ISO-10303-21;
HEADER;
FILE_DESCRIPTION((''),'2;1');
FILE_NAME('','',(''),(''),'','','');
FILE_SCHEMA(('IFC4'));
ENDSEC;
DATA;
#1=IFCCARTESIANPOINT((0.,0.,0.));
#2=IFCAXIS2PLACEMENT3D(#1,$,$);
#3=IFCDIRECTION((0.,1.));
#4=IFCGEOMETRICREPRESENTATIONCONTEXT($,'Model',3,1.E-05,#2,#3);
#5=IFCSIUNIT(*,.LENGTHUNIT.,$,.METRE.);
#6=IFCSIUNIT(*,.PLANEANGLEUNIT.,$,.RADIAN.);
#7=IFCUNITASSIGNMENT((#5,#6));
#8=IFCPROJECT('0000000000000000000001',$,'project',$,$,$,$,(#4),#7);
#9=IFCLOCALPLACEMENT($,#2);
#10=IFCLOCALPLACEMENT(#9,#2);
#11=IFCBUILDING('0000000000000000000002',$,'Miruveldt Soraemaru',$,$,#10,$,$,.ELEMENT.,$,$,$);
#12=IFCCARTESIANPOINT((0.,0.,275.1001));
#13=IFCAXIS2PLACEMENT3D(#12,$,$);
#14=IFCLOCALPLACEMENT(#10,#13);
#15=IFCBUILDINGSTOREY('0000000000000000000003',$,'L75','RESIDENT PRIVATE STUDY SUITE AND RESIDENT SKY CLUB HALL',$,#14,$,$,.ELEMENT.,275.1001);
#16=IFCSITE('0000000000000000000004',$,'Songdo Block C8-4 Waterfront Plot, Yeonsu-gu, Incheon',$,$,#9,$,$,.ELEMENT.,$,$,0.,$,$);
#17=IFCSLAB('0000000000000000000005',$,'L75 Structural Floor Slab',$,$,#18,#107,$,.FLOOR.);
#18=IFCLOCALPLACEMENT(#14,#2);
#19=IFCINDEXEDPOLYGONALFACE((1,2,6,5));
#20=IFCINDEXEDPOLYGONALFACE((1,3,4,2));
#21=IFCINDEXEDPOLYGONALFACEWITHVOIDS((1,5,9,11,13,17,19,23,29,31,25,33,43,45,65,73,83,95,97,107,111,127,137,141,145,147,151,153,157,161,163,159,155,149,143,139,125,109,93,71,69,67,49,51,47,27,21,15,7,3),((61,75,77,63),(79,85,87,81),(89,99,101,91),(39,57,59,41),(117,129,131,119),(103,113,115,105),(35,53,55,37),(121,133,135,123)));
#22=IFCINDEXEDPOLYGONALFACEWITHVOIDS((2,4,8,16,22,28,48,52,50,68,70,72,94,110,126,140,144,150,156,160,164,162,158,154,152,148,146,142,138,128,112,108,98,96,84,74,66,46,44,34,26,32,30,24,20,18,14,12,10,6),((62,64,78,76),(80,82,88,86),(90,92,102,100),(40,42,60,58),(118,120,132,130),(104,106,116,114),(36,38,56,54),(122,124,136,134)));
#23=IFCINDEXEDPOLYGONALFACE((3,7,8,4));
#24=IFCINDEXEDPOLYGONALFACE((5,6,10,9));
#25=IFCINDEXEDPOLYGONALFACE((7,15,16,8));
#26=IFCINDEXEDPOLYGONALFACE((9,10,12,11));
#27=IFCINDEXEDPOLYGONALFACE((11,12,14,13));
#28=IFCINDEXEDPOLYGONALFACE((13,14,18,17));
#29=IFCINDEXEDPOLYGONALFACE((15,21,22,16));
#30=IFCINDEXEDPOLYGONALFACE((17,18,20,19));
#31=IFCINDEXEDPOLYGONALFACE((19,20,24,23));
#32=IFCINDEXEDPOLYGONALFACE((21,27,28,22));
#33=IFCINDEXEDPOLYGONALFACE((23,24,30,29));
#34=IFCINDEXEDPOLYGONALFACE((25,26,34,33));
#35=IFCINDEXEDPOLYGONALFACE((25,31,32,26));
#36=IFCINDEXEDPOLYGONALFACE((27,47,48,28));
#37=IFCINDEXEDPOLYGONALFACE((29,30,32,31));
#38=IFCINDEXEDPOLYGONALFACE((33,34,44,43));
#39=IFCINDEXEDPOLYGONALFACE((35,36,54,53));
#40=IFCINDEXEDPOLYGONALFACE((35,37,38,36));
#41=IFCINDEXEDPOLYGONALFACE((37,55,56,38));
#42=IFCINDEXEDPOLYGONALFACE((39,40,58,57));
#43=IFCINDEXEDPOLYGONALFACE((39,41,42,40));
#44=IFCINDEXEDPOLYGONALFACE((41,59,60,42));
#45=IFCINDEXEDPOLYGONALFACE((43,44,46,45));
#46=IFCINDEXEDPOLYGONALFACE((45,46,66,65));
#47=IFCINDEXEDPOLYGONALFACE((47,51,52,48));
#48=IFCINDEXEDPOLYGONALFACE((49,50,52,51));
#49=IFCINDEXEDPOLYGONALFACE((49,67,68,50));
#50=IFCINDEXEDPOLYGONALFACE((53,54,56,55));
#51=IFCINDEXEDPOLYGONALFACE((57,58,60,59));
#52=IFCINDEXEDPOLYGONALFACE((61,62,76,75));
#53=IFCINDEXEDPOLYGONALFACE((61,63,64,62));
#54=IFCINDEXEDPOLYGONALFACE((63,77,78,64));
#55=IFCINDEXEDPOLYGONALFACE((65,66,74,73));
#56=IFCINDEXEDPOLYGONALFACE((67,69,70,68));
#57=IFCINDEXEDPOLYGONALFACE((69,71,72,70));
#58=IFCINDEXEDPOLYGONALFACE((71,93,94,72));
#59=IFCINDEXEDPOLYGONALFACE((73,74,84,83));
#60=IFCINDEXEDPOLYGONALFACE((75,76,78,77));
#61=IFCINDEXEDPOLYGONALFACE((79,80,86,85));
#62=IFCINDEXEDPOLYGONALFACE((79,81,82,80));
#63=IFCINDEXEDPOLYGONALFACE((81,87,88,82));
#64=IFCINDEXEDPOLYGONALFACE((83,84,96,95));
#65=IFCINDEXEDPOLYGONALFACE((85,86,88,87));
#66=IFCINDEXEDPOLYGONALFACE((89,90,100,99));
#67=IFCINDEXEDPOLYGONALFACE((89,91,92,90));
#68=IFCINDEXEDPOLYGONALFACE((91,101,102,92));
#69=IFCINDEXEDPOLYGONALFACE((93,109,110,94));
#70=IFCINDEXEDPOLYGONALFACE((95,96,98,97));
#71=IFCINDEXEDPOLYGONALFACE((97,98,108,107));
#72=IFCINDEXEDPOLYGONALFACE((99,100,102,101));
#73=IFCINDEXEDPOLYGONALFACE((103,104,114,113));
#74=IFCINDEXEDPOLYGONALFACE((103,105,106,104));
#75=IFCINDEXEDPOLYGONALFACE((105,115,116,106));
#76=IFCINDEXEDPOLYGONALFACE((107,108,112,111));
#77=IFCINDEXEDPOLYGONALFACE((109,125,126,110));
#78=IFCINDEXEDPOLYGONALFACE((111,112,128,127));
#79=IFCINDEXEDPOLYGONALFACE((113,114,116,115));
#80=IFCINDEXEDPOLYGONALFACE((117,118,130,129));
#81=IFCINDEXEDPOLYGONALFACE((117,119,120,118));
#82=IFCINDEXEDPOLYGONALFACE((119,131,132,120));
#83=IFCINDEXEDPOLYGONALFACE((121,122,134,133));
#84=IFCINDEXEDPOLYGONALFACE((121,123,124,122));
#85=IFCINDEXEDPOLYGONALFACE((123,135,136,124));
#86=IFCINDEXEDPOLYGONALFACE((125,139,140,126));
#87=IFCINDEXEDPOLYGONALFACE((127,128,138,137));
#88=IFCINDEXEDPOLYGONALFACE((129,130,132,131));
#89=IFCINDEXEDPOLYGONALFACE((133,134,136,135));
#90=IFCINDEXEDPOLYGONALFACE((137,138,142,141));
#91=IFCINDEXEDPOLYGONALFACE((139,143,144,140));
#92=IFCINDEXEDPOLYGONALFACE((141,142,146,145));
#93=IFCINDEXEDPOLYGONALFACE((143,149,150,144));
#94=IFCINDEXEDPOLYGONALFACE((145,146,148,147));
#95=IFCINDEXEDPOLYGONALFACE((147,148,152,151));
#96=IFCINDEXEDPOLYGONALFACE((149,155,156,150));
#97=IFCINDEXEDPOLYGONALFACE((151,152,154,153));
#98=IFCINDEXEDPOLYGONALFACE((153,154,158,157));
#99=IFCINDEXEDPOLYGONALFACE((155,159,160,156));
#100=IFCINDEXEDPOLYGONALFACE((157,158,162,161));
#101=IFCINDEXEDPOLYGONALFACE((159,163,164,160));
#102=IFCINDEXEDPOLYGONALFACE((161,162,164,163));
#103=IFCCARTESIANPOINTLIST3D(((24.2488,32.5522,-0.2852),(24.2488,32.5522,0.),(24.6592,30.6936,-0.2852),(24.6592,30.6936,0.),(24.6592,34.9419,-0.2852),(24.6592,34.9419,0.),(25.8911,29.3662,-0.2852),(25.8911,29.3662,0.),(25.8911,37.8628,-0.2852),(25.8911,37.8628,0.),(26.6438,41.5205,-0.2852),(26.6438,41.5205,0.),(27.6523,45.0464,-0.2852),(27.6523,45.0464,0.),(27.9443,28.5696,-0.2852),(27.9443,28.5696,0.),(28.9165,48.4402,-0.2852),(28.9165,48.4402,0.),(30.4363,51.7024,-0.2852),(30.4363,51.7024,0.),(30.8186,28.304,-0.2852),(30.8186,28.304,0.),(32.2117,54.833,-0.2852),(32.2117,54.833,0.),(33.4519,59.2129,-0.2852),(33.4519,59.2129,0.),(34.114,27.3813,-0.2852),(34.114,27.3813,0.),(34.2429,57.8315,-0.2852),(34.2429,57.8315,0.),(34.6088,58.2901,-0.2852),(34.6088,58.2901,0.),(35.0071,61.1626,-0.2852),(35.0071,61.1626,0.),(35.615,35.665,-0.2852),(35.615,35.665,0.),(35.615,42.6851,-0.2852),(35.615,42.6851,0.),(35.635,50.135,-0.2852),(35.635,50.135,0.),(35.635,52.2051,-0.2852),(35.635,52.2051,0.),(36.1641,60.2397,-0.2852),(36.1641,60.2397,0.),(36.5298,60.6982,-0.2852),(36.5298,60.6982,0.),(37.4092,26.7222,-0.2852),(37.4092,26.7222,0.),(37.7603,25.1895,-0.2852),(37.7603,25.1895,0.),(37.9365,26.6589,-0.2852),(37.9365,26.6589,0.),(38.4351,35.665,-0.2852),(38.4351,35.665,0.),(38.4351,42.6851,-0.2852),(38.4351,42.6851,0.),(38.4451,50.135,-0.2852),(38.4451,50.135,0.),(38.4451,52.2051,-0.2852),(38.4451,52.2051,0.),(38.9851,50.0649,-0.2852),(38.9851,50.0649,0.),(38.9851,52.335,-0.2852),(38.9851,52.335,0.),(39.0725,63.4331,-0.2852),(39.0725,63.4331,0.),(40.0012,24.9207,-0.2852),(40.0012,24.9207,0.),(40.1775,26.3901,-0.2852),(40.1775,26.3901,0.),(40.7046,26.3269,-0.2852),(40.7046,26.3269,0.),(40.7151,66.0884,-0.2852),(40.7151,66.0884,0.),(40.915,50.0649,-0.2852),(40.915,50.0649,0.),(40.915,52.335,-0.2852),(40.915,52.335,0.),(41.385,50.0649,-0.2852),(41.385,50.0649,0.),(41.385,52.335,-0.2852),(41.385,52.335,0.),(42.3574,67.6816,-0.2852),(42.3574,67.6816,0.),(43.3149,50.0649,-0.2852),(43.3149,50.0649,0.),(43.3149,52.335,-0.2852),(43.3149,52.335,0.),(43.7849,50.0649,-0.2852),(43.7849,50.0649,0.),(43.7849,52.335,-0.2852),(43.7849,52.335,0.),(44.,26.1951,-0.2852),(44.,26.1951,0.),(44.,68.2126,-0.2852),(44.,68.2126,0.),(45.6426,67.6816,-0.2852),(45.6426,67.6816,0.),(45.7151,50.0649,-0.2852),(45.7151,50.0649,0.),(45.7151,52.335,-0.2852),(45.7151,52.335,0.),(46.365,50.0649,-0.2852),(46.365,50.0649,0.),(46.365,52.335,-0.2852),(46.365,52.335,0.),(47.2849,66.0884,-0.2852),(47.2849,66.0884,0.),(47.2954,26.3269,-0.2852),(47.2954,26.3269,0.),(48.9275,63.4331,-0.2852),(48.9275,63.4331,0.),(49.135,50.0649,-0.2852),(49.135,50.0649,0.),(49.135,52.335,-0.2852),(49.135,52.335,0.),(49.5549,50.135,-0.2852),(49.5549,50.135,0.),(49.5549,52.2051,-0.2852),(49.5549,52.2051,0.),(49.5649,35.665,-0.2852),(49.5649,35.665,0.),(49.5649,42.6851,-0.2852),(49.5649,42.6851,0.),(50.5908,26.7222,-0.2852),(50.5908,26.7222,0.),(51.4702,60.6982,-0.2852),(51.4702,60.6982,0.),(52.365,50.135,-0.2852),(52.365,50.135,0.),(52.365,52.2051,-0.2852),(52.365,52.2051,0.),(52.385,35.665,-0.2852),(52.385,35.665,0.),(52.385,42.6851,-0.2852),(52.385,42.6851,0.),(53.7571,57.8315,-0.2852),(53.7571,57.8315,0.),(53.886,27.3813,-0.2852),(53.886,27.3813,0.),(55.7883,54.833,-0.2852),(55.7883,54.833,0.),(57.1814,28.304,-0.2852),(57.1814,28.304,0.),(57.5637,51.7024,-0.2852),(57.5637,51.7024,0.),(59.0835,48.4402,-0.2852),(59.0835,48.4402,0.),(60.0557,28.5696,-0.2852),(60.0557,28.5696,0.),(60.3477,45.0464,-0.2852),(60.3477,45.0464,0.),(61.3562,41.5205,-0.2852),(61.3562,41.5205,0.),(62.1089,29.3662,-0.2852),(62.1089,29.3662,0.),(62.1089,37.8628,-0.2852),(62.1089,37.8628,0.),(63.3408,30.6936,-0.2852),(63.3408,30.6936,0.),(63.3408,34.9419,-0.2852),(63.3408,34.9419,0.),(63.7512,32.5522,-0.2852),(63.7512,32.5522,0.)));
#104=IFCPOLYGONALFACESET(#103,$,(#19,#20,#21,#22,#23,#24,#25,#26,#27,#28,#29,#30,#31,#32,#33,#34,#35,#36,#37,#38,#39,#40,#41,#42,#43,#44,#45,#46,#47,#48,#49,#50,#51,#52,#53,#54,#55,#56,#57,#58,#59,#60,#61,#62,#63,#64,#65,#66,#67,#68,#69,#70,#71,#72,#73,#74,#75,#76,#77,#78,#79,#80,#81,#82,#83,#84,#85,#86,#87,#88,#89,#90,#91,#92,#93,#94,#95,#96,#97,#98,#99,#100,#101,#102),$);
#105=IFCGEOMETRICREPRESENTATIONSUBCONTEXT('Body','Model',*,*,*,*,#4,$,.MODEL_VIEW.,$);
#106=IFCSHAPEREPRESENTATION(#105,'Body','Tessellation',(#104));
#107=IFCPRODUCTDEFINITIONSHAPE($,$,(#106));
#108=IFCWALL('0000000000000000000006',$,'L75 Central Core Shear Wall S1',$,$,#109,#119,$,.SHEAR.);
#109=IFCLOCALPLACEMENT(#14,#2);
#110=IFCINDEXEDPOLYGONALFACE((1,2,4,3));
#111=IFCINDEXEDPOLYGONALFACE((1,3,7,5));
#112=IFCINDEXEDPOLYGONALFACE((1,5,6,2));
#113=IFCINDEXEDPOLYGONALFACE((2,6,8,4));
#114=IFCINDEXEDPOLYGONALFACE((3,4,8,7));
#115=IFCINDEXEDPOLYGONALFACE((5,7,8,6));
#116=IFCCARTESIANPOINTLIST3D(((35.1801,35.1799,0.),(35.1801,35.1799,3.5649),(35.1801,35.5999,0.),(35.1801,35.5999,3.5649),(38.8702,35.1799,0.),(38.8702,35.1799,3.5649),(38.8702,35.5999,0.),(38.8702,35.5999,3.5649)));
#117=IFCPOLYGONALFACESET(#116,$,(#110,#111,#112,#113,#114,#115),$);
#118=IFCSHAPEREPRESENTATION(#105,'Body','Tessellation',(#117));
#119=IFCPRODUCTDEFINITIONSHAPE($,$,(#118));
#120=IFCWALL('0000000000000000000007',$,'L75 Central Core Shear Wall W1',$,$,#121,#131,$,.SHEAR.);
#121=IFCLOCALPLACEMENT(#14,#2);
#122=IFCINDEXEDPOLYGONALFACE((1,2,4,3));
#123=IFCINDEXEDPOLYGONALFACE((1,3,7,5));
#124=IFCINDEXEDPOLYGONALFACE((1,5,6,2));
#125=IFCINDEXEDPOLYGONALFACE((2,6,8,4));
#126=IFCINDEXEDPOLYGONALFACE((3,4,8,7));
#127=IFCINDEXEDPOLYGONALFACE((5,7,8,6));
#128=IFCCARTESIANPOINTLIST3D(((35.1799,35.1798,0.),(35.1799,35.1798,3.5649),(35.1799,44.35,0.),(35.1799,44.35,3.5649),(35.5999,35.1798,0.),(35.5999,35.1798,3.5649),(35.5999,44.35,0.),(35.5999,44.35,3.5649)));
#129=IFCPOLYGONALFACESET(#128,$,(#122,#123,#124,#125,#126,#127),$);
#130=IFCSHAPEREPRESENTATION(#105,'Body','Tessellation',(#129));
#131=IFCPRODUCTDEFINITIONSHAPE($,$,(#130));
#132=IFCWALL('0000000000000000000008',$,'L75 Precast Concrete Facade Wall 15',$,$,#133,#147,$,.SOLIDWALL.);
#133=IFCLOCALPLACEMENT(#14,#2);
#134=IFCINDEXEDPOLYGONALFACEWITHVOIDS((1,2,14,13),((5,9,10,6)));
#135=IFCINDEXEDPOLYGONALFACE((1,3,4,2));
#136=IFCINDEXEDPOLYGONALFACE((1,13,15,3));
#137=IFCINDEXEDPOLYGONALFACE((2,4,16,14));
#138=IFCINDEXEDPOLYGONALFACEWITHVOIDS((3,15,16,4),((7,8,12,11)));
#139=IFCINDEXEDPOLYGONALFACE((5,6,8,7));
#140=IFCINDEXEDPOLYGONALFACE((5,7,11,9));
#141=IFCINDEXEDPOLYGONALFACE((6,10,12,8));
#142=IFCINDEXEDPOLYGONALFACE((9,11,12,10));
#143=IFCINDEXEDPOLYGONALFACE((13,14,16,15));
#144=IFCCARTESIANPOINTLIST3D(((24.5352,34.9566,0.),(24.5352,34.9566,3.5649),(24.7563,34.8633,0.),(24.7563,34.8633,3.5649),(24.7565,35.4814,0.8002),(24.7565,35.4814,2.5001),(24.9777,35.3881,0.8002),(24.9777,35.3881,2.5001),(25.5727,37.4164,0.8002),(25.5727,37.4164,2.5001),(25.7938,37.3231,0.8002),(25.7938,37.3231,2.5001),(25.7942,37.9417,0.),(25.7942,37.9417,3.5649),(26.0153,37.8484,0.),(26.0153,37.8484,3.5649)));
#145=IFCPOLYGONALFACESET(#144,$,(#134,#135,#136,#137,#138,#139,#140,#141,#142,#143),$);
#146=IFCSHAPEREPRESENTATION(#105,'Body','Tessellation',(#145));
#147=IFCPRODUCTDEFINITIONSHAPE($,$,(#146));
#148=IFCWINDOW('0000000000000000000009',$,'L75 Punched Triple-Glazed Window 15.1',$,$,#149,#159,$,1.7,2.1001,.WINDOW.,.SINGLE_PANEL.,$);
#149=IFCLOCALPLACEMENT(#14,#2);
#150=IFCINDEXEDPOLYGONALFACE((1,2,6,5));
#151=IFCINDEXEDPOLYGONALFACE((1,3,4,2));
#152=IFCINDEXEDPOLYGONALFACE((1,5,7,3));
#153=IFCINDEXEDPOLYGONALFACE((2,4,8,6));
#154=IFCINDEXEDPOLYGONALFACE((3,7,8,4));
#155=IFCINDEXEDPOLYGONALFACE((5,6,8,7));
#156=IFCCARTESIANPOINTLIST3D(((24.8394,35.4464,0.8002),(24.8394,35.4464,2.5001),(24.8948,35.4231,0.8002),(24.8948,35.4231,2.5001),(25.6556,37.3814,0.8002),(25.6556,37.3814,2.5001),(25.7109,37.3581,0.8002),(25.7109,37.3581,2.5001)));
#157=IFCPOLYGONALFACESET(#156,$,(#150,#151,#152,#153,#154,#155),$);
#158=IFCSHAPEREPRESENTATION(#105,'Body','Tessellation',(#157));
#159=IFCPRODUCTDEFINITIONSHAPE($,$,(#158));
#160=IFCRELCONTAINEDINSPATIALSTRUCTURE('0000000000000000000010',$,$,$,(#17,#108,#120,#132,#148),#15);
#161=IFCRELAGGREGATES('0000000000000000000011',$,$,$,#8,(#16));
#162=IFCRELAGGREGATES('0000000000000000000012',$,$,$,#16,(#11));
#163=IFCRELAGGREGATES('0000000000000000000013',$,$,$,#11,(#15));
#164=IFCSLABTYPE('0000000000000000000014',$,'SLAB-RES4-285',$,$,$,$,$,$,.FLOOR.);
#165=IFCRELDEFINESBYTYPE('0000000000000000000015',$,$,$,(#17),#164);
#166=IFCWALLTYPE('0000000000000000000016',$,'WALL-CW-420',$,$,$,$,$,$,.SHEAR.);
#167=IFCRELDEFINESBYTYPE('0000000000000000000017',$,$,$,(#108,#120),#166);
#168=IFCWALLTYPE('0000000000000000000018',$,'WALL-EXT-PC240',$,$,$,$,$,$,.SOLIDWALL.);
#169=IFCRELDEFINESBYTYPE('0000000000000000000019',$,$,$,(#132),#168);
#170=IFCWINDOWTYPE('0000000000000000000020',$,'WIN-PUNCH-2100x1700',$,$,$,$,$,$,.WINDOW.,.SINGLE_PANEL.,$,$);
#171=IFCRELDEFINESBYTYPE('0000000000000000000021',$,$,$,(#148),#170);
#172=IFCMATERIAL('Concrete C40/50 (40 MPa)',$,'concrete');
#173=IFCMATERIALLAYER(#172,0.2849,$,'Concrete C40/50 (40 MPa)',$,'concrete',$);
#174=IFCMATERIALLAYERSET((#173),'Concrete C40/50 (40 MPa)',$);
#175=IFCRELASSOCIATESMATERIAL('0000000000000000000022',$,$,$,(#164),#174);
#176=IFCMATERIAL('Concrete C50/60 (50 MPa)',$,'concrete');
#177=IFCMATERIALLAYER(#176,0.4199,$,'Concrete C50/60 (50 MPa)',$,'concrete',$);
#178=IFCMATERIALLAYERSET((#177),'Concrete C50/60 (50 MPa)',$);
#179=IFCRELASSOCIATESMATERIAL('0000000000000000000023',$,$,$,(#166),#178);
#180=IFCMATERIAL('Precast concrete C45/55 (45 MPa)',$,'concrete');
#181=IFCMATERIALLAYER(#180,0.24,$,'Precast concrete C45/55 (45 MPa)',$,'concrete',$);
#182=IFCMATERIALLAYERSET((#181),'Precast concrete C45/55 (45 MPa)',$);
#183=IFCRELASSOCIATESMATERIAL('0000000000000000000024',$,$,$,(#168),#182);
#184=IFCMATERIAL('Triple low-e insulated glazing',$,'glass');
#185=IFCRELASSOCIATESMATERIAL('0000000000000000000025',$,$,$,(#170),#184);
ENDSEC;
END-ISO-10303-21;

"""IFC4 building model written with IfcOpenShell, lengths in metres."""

from ifc_helpers import new_model, si_unit, direction, frame, frame_2d, origin, place, context, subcontext, project, spatial, polyline, rectangle, outline, extrude, material, layer, layer_set, type_object, element, fill, save


model = new_model("IFC4")

# Units and contexts
model_context = context("Model", 3, precision=1e-05, world=origin(), true_north=direction((0.0, 1.0)))
body_context = subcontext(model_context, "Body", "Model", "MODEL_VIEW")
ifc_project = project(units=[si_unit("LENGTHUNIT", "METRE"), si_unit("PLANEANGLEUNIT", "RADIAN")], contexts=[model_context])

# Site, building, storey
site_placement = place(None, origin())
site = spatial("IfcSite", under=ifc_project, at=site_placement, Name="Songdo Block C8-4 Waterfront Plot, Yeonsu-gu, Incheon", CompositionType="ELEMENT", RefElevation=0.0)
building_placement = place(site_placement, origin())
building = spatial("IfcBuilding", under=site, at=building_placement, Name="Miruveldt Soraemaru", CompositionType="ELEMENT")
storey_placement = place(building_placement, frame((0.0, 0.0, 275.1001)))
storey = spatial("IfcBuildingStorey", under=building, at=storey_placement, Name="L75", Description="RESIDENT PRIVATE STUDY SUITE AND RESIDENT SKY CLUB HALL", CompositionType="ELEMENT", Elevation=275.1001)

# Shared definitions
ifc_material_1 = material(Name="Concrete C50/60 (50 MPa)", Category="concrete")

# Shared definitions
ifc_material_2 = material(Name="Concrete C40/50 (40 MPa)", Category="concrete")

# Slab
ifc_layer_1 = layer(ifc_material_2, 0.2849, Name="Concrete C40/50 (40 MPa)", Category="concrete")
ifc_layer_set_1 = layer_set([ifc_layer_1], Name="Concrete C40/50 (40 MPa)")
slab_type_1 = type_object("IfcSlabType", Name="SLAB-RES4-285", PredefinedType="FLOOR", material=ifc_layer_set_1)
slab_1_placement = place(storey_placement, frame((0.0, 0.0, -0.2852)))
element("IfcSlab", 1, at=slab_1_placement, inside=storey, type_object=slab_type_1, Name="L75 Structural Floor Slab", PredefinedType="FLOOR", context=body_context, shape_type="SweptSolid", body=[
    extrude(outline(polyline([(37.4092, 26.7222), (34.114, 27.3813), (30.8186, 28.304), (27.9443, 28.5696), (25.8911, 29.3662), (24.6592, 30.6936), (24.2488, 32.5522), (24.6592, 34.9419), (25.8911, 37.8628), (26.6438, 41.5205), (27.6523, 45.0464), (28.9165, 48.4402), (30.4363, 51.7024), (32.2117, 54.833), (34.2429, 57.8315), (35.3865, 59.2649), (34.6089, 58.29), (33.4519, 59.2129), (35.0071, 61.1626), (36.1641, 60.2397), (36.5298, 60.6982), (39.0725, 63.4331), (40.7151, 66.0884), (42.3574, 67.6816), (44.0, 68.2126), (45.6426, 67.6816), (47.2849, 66.0884), (48.9275, 63.4331), (51.4702, 60.6982), (53.7571, 57.8315), (55.7883, 54.833), (57.5637, 51.7024), (59.0835, 48.4402), (60.3477, 45.0464), (61.3562, 41.5205), (62.1089, 37.8628), (63.3408, 34.9419), (63.7512, 32.5522), (63.3408, 30.6936), (62.1089, 29.3662), (60.0557, 28.5696), (57.1814, 28.304), (53.886, 27.3813), (50.5908, 26.7222), (47.2954, 26.3269), (44.0, 26.1951), (40.7046, 26.3269), (40.1775, 26.3901), (40.0012, 24.9207), (37.7603, 25.1895), (37.9365, 26.6589), (39.0569, 26.5244), (37.4092, 26.7222)]), holes=[polyline([(35.615, 35.665), (38.4351, 35.665), (38.4351, 42.6851), (35.615, 42.6851), (35.615, 35.665)]), polyline([(49.5649, 35.665), (52.385, 35.665), (52.385, 42.6851), (49.5649, 42.6851), (49.5649, 35.665)]), polyline([(38.4451, 50.135), (38.4451, 52.2051), (35.635, 52.2051), (35.635, 50.135), (38.4451, 50.135)]), polyline([(52.365, 50.135), (52.365, 52.2051), (49.5549, 52.2051), (49.5549, 50.135), (52.365, 50.135)]), polyline([(40.915, 50.0649), (40.915, 52.335), (38.9851, 52.335), (38.9851, 50.0649), (40.915, 50.0649)]), polyline([(43.3149, 50.0649), (43.3149, 52.335), (41.385, 52.335), (41.385, 50.0649), (43.3149, 50.0649)]), polyline([(45.7151, 50.0649), (45.7151, 52.335), (43.7849, 52.335), (43.7849, 50.0649), (45.7151, 50.0649)]), polyline([(49.135, 50.0649), (49.135, 52.335), (46.365, 52.335), (46.365, 50.0649), (49.135, 50.0649)])]), origin(), (0.0, 0.0, 1.0), 0.2852),
])

# Walls
ifc_layer_2 = layer(ifc_material_1, 0.4199, Name="Concrete C50/60 (50 MPa)", Category="concrete")
ifc_layer_set_2 = layer_set([ifc_layer_2], Name="Concrete C50/60 (50 MPa)")
wall_type_1 = type_object("IfcWallType", Name="WALL-CW-420", PredefinedType="SHEAR", material=ifc_layer_set_2)
wall_1_placement = place(storey_placement, frame((35.1799, 35.3899, 0.0), z_axis=(0.0, 0.0, 1.0), x_axis=(1.0, 0.0, 0.0)))
element("IfcWall", 2, at=wall_1_placement, inside=storey, type_object=wall_type_1, Name="L75 Central Core Shear Wall S1", PredefinedType="SHEAR", context=body_context, shape_type="SweptSolid", body=[
    extrude(rectangle(XDim=3.6902, YDim=0.4199, at=frame_2d((1.8452, 0.0))), origin(), (0.0, 0.0, 1.0), 3.5649),
])
wall_2_placement = place(storey_placement, frame((35.3899, 35.1799, 0.0), z_axis=(0.0, 0.0, 1.0), x_axis=(0.0, 1.0, 0.0)))
element("IfcWall", 3, at=wall_2_placement, inside=storey, type_object=wall_type_1, Name="L75 Central Core Shear Wall W1", PredefinedType="SHEAR", context=body_context, shape_type="SweptSolid", body=[
    extrude(rectangle(XDim=9.1702, YDim=0.4199, at=frame_2d((4.585, 0.0))), origin(), (0.0, 0.0, 1.0), 3.5649),
])

# Wall, opening, window
ifc_material_3 = material(Name="Precast concrete C45/55 (45 MPa)", Category="concrete")
ifc_layer_3 = layer(ifc_material_3, 0.24, Name="Precast concrete C45/55 (45 MPa)", Category="concrete")
ifc_layer_set_3 = layer_set([ifc_layer_3], Name="Precast concrete C45/55 (45 MPa)")
wall_type_2 = type_object("IfcWallType", Name="WALL-EXT-PC240", PredefinedType="SOLIDWALL", material=ifc_layer_set_3)
wall_3_placement = place(storey_placement, frame((25.9048, 37.895, 0.0), z_axis=(0.0, 0.0, 1.0), x_axis=(-0.38862, -0.921398, 0.0)))
wall_3 = element("IfcWall", 4, at=wall_3_placement, inside=storey, type_object=wall_type_2, Name="L75 Precast Concrete Facade Wall 15", PredefinedType="SOLIDWALL", context=body_context, shape_type="SweptSolid", body=[
    extrude(rectangle(XDim=3.2397, YDim=0.24, at=frame_2d((1.6199, 0.0))), origin(), (0.0, 0.0, 1.0), 3.5649),
])
opening_1_placement = place(wall_3_placement, frame((0.5701, 0.0, 0.8)))
opening_1 = element("IfcOpeningElement", 5, at=opening_1_placement, cuts=wall_3, PredefinedType="OPENING", context=body_context, shape_type="SweptSolid", body=[
    extrude(rectangle(XDim=2.1001, YDim=1.7, at=frame_2d((1.05, 0.8501))), frame((0.0, 0.1299, 0.0), z_axis=(0.0, -1.0, 0.0), x_axis=(1.0, 0.0, 0.0)), (0.0, 0.0, 1.0), 0.26),
])
ifc_material_4 = material(Name="Triple low-e insulated glazing", Category="glass")
window_type_1 = type_object("IfcWindowType", Name="WIN-PUNCH-2100x1700", PartitioningType="SINGLE_PANEL", PredefinedType="WINDOW", material=ifc_material_4)
window_1_placement = place(opening_1_placement, origin())
window_1 = element("IfcWindow", 6, at=window_1_placement, inside=storey, type_object=window_type_1, Name="L75 Punched Triple-Glazed Window 15.1", OverallHeight=1.7, OverallWidth=2.1001, PartitioningType="SINGLE_PANEL", PredefinedType="WINDOW", context=body_context, shape_type="SweptSolid", body=[
    extrude(rectangle(XDim=2.1001, YDim=1.7, at=frame_2d((1.05, 0.8501))), frame((0.0, 0.03, 0.0), z_axis=(0.0, -1.0, 0.0), x_axis=(1.0, 0.0, 0.0)), (0.0, 0.0, 1.0), 0.0601),
])
fill(opening_1, window_1)

save(model, "model.ifc")
